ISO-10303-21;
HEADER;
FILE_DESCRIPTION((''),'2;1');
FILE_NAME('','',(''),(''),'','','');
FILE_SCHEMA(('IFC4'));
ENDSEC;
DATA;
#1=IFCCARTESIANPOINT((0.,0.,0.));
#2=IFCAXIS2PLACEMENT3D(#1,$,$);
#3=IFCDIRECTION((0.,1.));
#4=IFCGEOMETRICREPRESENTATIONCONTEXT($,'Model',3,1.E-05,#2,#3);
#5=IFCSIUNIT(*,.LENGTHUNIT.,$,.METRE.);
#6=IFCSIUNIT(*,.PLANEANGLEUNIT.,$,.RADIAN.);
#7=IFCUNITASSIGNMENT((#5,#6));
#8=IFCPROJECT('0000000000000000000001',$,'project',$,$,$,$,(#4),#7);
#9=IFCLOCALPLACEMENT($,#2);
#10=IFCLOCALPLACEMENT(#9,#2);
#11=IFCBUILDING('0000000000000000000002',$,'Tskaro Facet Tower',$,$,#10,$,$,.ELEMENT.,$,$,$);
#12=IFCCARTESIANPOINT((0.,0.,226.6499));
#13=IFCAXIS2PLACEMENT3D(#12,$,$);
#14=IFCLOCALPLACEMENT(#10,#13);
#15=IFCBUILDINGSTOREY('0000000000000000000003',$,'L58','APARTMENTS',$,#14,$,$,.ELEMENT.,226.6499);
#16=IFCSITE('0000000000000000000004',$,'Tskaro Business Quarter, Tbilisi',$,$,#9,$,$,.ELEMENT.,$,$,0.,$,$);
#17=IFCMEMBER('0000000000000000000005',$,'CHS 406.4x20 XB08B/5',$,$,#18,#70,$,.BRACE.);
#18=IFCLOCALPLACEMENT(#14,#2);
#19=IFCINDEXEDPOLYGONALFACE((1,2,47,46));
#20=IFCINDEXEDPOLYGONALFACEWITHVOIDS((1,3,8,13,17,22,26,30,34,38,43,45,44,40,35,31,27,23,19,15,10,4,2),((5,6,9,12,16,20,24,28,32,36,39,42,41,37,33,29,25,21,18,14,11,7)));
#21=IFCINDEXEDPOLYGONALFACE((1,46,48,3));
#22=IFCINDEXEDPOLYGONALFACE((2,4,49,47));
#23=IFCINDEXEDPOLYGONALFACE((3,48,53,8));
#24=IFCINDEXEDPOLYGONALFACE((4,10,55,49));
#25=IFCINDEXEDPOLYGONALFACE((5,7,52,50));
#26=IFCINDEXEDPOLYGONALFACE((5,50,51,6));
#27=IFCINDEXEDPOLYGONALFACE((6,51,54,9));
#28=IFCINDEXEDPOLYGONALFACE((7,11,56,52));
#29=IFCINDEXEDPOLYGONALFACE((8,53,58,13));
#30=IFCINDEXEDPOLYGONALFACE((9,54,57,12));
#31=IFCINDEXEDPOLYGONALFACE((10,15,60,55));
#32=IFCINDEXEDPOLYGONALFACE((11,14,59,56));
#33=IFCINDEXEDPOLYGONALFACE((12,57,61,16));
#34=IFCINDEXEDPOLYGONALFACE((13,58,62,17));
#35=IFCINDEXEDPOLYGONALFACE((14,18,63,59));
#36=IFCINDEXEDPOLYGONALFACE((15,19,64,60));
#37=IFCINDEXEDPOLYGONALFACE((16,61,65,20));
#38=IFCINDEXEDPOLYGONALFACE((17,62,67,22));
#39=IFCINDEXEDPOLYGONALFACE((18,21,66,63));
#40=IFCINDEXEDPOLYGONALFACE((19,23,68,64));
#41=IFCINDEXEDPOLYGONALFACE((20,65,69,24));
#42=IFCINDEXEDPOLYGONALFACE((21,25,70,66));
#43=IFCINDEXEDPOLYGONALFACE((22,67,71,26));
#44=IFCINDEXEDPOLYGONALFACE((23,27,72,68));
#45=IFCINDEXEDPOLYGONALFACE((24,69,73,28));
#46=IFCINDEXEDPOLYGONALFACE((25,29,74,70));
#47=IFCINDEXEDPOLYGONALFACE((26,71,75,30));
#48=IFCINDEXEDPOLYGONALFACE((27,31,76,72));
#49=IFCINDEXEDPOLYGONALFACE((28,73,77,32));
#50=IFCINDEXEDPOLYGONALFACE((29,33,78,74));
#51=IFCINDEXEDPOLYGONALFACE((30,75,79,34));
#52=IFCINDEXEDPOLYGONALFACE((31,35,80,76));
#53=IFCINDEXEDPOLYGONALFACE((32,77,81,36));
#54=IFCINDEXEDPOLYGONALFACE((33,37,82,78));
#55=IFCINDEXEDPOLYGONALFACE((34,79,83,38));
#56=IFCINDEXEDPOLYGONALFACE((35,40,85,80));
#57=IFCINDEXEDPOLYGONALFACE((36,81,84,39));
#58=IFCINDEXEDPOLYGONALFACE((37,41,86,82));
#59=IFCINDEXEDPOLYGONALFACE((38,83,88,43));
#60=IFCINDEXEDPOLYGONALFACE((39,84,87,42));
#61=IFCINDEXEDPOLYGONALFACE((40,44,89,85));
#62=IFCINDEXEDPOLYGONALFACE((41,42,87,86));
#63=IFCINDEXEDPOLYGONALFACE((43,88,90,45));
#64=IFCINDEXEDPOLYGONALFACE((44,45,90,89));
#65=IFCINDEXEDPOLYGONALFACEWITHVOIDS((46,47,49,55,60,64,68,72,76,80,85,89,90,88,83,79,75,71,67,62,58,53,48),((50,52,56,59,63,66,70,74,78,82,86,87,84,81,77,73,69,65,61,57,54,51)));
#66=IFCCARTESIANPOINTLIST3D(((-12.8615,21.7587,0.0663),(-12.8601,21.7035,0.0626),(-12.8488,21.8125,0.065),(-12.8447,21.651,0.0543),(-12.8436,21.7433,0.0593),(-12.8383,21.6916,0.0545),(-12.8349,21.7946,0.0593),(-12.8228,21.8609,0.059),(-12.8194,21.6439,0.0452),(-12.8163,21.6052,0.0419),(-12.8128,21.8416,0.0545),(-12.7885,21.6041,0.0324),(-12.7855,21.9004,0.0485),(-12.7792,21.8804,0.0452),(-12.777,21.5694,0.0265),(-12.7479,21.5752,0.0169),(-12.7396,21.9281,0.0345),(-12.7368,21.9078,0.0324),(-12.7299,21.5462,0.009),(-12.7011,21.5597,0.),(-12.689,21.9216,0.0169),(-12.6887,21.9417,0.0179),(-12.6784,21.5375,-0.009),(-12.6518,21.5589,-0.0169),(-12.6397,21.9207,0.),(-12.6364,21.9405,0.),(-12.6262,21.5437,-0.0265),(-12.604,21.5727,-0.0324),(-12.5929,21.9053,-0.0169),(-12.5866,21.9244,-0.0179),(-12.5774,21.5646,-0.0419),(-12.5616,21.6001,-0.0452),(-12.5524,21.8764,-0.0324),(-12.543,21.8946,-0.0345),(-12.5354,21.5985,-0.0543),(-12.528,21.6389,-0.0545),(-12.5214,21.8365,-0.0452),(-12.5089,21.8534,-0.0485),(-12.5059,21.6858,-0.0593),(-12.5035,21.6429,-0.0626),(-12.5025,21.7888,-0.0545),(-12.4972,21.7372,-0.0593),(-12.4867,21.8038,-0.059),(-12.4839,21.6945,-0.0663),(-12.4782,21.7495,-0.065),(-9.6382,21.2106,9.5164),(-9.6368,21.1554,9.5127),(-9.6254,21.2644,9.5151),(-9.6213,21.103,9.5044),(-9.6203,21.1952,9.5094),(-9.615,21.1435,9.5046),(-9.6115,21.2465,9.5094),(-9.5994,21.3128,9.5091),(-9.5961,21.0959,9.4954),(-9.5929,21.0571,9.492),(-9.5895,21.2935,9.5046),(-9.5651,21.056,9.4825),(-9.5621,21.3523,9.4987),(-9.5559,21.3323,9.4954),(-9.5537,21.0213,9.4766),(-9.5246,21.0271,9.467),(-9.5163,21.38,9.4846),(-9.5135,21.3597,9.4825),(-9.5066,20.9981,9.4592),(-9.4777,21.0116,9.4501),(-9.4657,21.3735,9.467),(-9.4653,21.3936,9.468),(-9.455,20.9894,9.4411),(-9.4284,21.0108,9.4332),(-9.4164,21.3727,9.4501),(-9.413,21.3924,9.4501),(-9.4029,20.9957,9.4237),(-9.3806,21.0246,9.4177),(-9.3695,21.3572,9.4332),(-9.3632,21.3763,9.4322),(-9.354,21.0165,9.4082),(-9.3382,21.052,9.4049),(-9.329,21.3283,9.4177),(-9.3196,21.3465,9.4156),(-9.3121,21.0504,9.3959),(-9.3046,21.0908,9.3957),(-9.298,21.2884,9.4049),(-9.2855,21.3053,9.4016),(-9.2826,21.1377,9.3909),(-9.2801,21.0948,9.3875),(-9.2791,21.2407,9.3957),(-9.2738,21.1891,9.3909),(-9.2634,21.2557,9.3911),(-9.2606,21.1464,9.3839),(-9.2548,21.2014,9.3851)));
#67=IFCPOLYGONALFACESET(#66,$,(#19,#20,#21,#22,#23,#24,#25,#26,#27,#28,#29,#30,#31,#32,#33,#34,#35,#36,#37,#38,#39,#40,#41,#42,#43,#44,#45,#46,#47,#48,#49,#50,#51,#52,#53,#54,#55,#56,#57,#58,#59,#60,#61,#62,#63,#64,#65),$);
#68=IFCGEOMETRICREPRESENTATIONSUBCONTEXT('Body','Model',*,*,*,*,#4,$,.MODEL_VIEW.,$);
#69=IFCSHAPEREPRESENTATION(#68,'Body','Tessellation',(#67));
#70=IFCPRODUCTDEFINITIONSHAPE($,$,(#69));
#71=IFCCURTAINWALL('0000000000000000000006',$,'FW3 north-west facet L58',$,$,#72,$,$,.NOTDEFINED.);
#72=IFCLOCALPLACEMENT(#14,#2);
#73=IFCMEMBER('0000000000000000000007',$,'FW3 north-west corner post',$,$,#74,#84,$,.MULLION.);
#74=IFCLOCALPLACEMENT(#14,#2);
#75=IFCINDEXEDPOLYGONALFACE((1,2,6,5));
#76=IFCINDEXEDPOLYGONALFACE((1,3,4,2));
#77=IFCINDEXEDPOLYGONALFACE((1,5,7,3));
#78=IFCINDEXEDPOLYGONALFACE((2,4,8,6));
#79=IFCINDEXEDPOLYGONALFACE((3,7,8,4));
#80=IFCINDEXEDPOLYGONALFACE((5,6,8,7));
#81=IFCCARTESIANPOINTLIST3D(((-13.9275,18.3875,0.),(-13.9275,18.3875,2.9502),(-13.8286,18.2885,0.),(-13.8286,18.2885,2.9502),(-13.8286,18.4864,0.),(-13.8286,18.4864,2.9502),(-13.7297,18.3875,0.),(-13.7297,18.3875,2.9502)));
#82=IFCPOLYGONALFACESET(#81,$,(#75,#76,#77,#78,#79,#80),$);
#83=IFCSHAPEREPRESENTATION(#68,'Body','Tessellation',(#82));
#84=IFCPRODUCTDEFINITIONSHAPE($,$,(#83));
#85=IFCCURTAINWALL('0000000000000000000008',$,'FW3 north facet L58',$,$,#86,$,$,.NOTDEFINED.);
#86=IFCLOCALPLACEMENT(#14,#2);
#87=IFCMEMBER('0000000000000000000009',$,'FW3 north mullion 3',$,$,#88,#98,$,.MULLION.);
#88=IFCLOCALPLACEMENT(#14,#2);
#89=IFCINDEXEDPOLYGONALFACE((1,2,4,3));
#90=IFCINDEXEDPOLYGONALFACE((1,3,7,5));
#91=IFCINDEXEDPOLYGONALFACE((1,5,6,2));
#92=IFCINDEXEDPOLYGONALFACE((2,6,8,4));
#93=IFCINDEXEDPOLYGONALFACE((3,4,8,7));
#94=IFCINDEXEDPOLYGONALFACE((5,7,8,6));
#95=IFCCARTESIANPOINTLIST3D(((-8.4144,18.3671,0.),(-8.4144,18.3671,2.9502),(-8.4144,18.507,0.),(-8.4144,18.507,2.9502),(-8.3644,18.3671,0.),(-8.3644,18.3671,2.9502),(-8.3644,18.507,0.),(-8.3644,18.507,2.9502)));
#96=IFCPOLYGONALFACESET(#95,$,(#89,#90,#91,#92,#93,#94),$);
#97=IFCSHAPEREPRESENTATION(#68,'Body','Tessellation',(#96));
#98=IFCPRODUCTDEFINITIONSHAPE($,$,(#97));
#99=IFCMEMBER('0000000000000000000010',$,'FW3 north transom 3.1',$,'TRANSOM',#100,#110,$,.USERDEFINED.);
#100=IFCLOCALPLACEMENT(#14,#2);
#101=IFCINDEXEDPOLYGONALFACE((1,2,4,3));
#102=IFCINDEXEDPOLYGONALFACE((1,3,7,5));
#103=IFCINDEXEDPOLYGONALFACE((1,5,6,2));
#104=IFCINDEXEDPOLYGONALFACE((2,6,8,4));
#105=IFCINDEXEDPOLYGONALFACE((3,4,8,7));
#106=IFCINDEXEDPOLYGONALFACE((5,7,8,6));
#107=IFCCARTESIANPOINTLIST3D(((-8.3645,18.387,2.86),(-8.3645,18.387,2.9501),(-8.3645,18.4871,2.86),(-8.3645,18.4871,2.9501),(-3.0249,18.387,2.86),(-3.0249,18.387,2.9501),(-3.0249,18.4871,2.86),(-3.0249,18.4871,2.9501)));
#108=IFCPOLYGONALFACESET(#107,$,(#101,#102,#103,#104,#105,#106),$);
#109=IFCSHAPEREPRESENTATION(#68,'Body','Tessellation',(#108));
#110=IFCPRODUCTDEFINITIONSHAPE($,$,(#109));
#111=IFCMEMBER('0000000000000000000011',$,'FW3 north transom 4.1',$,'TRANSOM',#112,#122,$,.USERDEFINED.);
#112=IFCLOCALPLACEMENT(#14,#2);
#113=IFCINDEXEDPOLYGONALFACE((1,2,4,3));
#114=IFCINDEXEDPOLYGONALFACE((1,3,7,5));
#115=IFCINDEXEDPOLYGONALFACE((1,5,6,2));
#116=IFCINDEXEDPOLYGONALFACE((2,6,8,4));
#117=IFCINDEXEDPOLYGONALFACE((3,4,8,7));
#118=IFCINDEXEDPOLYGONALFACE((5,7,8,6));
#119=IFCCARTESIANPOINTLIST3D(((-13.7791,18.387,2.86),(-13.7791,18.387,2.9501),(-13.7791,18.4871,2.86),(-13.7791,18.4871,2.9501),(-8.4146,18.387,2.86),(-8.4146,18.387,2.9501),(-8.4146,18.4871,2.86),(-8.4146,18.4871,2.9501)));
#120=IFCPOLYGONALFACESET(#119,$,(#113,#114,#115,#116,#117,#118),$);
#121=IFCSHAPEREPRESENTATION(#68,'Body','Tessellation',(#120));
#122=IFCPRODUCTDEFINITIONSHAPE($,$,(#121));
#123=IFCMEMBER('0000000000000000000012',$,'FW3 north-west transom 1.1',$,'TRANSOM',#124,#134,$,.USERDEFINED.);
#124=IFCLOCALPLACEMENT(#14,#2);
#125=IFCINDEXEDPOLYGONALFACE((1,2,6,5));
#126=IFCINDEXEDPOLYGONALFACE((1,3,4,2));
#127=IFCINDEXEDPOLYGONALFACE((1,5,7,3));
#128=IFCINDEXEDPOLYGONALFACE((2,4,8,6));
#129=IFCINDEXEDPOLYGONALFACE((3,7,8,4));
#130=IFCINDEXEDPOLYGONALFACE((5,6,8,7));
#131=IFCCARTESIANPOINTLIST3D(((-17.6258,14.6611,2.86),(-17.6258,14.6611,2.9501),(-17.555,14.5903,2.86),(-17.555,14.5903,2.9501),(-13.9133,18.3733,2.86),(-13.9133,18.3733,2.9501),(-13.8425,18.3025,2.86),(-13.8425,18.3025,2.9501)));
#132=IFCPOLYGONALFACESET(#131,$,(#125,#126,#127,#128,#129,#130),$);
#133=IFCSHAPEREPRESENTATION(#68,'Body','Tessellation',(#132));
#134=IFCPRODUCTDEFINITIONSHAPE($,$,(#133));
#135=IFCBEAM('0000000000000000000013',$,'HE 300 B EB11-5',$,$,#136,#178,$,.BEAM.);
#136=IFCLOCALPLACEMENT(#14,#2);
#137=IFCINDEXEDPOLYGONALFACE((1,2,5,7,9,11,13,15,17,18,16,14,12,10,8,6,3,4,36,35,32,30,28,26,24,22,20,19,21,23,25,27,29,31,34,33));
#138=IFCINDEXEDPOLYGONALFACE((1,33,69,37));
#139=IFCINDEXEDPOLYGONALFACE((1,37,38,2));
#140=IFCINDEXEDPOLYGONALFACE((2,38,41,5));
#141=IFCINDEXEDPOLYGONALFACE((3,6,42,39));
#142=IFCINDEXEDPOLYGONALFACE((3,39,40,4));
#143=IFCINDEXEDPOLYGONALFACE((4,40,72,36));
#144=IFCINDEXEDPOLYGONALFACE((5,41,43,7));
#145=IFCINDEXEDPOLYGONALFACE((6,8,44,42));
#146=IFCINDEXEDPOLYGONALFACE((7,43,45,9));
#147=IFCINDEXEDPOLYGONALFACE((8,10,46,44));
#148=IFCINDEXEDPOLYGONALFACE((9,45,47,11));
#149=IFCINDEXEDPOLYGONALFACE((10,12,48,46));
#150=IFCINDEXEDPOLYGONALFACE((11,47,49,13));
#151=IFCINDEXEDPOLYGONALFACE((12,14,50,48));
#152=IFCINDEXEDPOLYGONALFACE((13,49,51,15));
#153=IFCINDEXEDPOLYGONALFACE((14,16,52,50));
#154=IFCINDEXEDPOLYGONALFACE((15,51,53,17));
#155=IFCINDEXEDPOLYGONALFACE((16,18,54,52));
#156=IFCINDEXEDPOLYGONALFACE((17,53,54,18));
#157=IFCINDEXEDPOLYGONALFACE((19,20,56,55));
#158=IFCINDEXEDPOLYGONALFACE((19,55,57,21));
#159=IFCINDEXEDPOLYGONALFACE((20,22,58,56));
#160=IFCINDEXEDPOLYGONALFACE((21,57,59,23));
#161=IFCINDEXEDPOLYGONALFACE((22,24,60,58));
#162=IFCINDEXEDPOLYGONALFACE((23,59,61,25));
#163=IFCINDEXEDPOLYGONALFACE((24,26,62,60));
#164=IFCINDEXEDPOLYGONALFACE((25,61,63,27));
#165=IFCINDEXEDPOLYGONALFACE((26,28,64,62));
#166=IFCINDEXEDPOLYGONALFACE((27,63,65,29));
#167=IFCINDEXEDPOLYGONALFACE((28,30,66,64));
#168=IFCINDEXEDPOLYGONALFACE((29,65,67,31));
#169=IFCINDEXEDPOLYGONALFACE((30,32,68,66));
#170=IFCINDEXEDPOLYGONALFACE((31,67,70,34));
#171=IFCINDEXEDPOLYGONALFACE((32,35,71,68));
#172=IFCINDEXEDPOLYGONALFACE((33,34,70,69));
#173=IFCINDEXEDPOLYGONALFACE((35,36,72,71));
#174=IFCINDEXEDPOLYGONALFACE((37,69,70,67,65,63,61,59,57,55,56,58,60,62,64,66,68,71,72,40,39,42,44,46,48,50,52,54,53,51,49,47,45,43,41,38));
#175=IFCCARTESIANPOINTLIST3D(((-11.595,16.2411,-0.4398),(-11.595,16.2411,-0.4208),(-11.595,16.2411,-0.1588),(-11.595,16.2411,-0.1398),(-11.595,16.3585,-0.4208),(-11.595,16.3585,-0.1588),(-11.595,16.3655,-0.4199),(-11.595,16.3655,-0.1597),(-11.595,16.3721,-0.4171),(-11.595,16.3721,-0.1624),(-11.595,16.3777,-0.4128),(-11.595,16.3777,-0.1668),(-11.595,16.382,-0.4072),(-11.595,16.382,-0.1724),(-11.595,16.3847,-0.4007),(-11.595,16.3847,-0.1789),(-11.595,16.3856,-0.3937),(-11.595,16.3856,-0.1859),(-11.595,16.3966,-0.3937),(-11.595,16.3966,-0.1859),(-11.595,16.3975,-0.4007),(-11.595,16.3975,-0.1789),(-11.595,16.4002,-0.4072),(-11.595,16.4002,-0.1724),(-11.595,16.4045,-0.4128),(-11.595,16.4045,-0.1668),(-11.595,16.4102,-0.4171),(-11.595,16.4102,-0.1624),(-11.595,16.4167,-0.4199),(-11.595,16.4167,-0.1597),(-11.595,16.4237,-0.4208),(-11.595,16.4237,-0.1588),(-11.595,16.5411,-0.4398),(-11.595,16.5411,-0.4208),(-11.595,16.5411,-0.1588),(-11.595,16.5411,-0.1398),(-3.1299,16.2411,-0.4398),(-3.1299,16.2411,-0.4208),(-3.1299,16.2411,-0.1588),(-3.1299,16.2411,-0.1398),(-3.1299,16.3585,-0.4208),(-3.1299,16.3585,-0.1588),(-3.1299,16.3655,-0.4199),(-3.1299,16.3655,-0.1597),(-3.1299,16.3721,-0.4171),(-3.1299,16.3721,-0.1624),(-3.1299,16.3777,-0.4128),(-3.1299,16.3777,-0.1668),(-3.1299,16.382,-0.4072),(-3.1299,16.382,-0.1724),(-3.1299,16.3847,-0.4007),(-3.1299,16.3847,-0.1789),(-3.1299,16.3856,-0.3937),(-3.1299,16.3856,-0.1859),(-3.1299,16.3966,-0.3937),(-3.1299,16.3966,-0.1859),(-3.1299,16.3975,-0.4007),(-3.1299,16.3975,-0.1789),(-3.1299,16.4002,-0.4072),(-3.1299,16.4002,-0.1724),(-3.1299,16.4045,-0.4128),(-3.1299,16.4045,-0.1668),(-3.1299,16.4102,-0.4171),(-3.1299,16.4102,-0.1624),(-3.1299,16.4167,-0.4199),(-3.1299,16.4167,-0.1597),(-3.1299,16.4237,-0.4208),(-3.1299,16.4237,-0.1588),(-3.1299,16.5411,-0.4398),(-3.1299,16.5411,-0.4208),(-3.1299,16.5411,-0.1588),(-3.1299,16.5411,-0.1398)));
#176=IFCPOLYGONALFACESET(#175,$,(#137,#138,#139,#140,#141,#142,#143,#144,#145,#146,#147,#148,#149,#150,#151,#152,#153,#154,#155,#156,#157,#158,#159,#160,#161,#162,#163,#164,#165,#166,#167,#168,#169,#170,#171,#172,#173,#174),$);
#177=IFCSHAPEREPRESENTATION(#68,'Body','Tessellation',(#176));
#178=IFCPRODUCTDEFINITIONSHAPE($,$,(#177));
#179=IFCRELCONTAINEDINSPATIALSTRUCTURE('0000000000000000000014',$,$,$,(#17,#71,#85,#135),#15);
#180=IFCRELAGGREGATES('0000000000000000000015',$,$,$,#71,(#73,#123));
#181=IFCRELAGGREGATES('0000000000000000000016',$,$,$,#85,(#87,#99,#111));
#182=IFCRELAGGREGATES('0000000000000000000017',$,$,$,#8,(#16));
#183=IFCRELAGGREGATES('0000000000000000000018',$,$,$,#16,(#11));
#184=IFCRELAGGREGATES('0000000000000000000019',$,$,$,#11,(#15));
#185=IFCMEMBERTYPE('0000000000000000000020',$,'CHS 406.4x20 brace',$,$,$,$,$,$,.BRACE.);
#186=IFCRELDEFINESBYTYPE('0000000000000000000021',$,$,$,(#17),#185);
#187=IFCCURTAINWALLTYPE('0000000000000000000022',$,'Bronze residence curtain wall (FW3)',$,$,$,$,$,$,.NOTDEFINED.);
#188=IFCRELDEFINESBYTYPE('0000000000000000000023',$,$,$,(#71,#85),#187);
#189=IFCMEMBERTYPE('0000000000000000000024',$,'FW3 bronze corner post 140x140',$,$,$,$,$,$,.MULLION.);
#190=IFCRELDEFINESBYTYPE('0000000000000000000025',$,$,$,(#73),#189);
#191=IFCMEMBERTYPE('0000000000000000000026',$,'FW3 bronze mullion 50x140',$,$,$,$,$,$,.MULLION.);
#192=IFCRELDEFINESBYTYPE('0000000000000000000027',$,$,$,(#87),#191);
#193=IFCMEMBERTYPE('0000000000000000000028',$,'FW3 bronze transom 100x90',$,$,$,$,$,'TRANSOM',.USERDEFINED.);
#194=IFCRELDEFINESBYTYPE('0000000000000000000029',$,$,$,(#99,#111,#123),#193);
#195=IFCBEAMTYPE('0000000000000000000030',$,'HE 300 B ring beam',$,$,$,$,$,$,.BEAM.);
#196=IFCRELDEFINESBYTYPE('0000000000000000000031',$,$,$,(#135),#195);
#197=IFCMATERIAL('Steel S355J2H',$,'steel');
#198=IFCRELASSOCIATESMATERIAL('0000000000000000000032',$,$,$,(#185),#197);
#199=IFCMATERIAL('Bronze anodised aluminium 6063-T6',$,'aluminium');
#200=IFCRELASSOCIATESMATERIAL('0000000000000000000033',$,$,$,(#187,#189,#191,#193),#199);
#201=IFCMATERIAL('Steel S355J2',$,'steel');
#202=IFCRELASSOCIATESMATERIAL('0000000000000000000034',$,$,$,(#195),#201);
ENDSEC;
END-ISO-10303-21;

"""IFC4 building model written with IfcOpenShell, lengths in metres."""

from ifc_helpers import new_model, si_unit, direction, frame, origin, origin_2d, place, context, subcontext, project, spatial, rectangle, hollow_circle, i_section, extrude, material, material_profile, profile_set, type_object, element, aggregate, save


model = new_model("IFC4")

# Units and contexts
model_context = context("Model", 3, precision=1e-05, world=origin(), true_north=direction((0.0, 1.0)))
body_context = subcontext(model_context, "Body", "Model", "MODEL_VIEW")
ifc_project = project(units=[si_unit("LENGTHUNIT", "METRE"), si_unit("PLANEANGLEUNIT", "RADIAN")], contexts=[model_context])

# Site, building, storey
site_placement = place(None, origin())
site = spatial("IfcSite", under=ifc_project, at=site_placement, Name="Tskaro Business Quarter, Tbilisi", CompositionType="ELEMENT", RefElevation=0.0)
building_placement = place(site_placement, origin())
building = spatial("IfcBuilding", under=site, at=building_placement, Name="Tskaro Facet Tower", CompositionType="ELEMENT")
storey_placement = place(building_placement, frame((0.0, 0.0, 226.6499)))
storey = spatial("IfcBuildingStorey", under=building, at=storey_placement, Name="L58", Description="APARTMENTS", CompositionType="ELEMENT", Elevation=226.6499)

# Shared definitions
ifc_material_1 = material(Name="Steel S355J2H", Category="steel")

# Member
ifc_material_profile_1 = material_profile(ifc_material_1, hollow_circle(Radius=0.2031, WallThickness=0.02, at=origin_2d()), Name="CHS 406.4x20")
ifc_profile_set_1 = profile_set([ifc_material_profile_1], Name="Steel S355J2H")
member_type_1 = type_object("IfcMemberType", Name="CHS 406.4x20 brace", PredefinedType="BRACE", material=ifc_profile_set_1)
member_1_placement = place(storey_placement, frame((-12.6704, 21.7402, 0.0), z_axis=(0.322344, -0.05481, 0.945034), x_axis=(0.167631, 0.98585, 0.0)))
element("IfcMember", 1, at=member_1_placement, inside=storey, type_object=member_type_1, Name="CHS 406.4x20 XB08B/5", PredefinedType="BRACE", context=body_context, shape_type="SweptSolid", body=[
    extrude(hollow_circle(Radius=0.2031, WallThickness=0.02, at=origin_2d()), origin(), (0.0, 0.0, 1.0), 9.9998),
])

# Curtain wall, member
ifc_material_2 = material(Name="Bronze anodised aluminium 6063-T6", Category="aluminium")
curtain_wall_type = type_object("IfcCurtainWallType", Name="Bronze residence curtain wall (FW3)", PredefinedType="NOTDEFINED", material=ifc_material_2)
curtain_wall_1_placement = place(storey_placement, origin())
curtain_wall_1 = element("IfcCurtainWall", 2, at=curtain_wall_1_placement, inside=storey, type_object=curtain_wall_type, Name="FW3 north-west facet L58", PredefinedType="NOTDEFINED")
ifc_material_profile_2 = material_profile(ifc_material_2, rectangle(XDim=0.1399, YDim=0.1399, at=origin_2d()), Name="Corner post 140x140")
ifc_profile_set_2 = profile_set([ifc_material_profile_2], Name="Bronze anodised aluminium 6063-T6")
member_type_2 = type_object("IfcMemberType", Name="FW3 bronze corner post 140x140", PredefinedType="MULLION", material=ifc_profile_set_2)
member_2_placement = place(storey_placement, frame((-13.8286, 18.3875, 0.0), z_axis=(0.0, 0.0, 1.0), x_axis=(-0.707107, -0.707107, 0.0)))
member_2 = element("IfcMember", 3, at=member_2_placement, type_object=member_type_2, Name="FW3 north-west corner post", PredefinedType="MULLION", context=body_context, shape_type="SweptSolid", body=[
    extrude(rectangle(XDim=0.1399, YDim=0.1399, at=origin_2d()), origin(), (0.0, 0.0, 1.0), 2.9502),
])

# Curtain wall, members
curtain_wall_2_placement = place(storey_placement, origin())
curtain_wall_2 = element("IfcCurtainWall", 4, at=curtain_wall_2_placement, inside=storey, type_object=curtain_wall_type, Name="FW3 north facet L58", PredefinedType="NOTDEFINED")
ifc_material_profile_3 = material_profile(ifc_material_2, rectangle(XDim=0.05, YDim=0.1399, at=origin_2d()), Name="Mullion 50x140")
ifc_profile_set_3 = profile_set([ifc_material_profile_3], Name="Bronze anodised aluminium 6063-T6")
member_type_3 = type_object("IfcMemberType", Name="FW3 bronze mullion 50x140", PredefinedType="MULLION", material=ifc_profile_set_3)
member_3_placement = place(storey_placement, frame((-8.3894, 18.437, 0.0), z_axis=(0.0, 0.0, 1.0), x_axis=(-1.0, 0.0, 0.0)))
member_3 = element("IfcMember", 5, at=member_3_placement, type_object=member_type_3, Name="FW3 north mullion 3", PredefinedType="MULLION", context=body_context, shape_type="SweptSolid", body=[
    extrude(rectangle(XDim=0.05, YDim=0.1399, at=origin_2d()), origin(), (0.0, 0.0, 1.0), 2.9502),
])
ifc_material_profile_4 = material_profile(ifc_material_2, rectangle(XDim=0.1001, YDim=0.0901, at=origin_2d()), Name="Transom 100x90")
ifc_profile_set_4 = profile_set([ifc_material_profile_4], Name="Bronze anodised aluminium 6063-T6")
member_type_4 = type_object("IfcMemberType", Name="FW3 bronze transom 100x90", ElementType="TRANSOM", PredefinedType="USERDEFINED", material=ifc_profile_set_4)
member_4_placement = place(storey_placement, frame((-3.0249, 18.437, 2.905), z_axis=(-1.0, 0.0, 0.0), x_axis=(0.0, -1.0, 0.0)))
member_4 = element("IfcMember", 6, at=member_4_placement, type_object=member_type_4, Name="FW3 north transom 3.1", ObjectType="TRANSOM", PredefinedType="USERDEFINED", context=body_context, shape_type="SweptSolid", body=[
    extrude(rectangle(XDim=0.1001, YDim=0.0901, at=origin_2d()), origin(), (0.0, 0.0, 1.0), 5.3396),
])
member_5_placement = place(storey_placement, frame((-8.4146, 18.437, 2.905), z_axis=(-1.0, 0.0, 0.0), x_axis=(0.0, -1.0, 0.0)))
member_5 = element("IfcMember", 7, at=member_5_placement, type_object=member_type_4, Name="FW3 north transom 4.1", ObjectType="TRANSOM", PredefinedType="USERDEFINED", context=body_context, shape_type="SweptSolid", body=[
    extrude(rectangle(XDim=0.1001, YDim=0.0901, at=origin_2d()), origin(), (0.0, 0.0, 1.0), 5.3645),
])

# Member
member_6_placement = place(storey_placement, frame((-13.8779, 18.3379, 2.905), z_axis=(-0.70713, -0.707084, 0.0), x_axis=(0.707084, -0.70713, 0.0)))
member_6 = element("IfcMember", 8, at=member_6_placement, type_object=member_type_4, Name="FW3 north-west transom 1.1", ObjectType="TRANSOM", PredefinedType="USERDEFINED", context=body_context, shape_type="SweptSolid", body=[
    extrude(rectangle(XDim=0.1001, YDim=0.0901, at=origin_2d()), origin(), (0.0, 0.0, 1.0), 5.25),
])
aggregate(curtain_wall_1, [member_2, member_6])

# Beam
ifc_material_3 = material(Name="Steel S355J2", Category="steel")
ifc_material_profile_5 = material_profile(ifc_material_3, i_section(OverallWidth=0.3, OverallDepth=0.3, WebThickness=0.011, FlangeThickness=0.019, FilletRadius=0.0271, at=origin_2d()), Name="HE 300 B")
ifc_profile_set_5 = profile_set([ifc_material_profile_5], Name="Steel S355J2")
beam_type_1 = type_object("IfcBeamType", Name="HE 300 B ring beam", PredefinedType="BEAM", material=ifc_profile_set_5)
beam_1_placement = place(storey_placement, frame((-3.1299, 16.3911, -0.2898), z_axis=(-1.0, 0.0, 0.0), x_axis=(0.0, -1.0, 0.0)))
element("IfcBeam", 9, at=beam_1_placement, inside=storey, type_object=beam_type_1, Name="HE 300 B EB11-5", PredefinedType="BEAM", context=body_context, shape_type="SweptSolid", body=[
    extrude(i_section(OverallWidth=0.3, OverallDepth=0.3, WebThickness=0.011, FlangeThickness=0.019, FilletRadius=0.0271, at=origin_2d()), origin(), (0.0, 0.0, 1.0), 8.4651),
])

aggregate(curtain_wall_2, [member_3, member_4, member_5])

save(model, "model.ifc")
